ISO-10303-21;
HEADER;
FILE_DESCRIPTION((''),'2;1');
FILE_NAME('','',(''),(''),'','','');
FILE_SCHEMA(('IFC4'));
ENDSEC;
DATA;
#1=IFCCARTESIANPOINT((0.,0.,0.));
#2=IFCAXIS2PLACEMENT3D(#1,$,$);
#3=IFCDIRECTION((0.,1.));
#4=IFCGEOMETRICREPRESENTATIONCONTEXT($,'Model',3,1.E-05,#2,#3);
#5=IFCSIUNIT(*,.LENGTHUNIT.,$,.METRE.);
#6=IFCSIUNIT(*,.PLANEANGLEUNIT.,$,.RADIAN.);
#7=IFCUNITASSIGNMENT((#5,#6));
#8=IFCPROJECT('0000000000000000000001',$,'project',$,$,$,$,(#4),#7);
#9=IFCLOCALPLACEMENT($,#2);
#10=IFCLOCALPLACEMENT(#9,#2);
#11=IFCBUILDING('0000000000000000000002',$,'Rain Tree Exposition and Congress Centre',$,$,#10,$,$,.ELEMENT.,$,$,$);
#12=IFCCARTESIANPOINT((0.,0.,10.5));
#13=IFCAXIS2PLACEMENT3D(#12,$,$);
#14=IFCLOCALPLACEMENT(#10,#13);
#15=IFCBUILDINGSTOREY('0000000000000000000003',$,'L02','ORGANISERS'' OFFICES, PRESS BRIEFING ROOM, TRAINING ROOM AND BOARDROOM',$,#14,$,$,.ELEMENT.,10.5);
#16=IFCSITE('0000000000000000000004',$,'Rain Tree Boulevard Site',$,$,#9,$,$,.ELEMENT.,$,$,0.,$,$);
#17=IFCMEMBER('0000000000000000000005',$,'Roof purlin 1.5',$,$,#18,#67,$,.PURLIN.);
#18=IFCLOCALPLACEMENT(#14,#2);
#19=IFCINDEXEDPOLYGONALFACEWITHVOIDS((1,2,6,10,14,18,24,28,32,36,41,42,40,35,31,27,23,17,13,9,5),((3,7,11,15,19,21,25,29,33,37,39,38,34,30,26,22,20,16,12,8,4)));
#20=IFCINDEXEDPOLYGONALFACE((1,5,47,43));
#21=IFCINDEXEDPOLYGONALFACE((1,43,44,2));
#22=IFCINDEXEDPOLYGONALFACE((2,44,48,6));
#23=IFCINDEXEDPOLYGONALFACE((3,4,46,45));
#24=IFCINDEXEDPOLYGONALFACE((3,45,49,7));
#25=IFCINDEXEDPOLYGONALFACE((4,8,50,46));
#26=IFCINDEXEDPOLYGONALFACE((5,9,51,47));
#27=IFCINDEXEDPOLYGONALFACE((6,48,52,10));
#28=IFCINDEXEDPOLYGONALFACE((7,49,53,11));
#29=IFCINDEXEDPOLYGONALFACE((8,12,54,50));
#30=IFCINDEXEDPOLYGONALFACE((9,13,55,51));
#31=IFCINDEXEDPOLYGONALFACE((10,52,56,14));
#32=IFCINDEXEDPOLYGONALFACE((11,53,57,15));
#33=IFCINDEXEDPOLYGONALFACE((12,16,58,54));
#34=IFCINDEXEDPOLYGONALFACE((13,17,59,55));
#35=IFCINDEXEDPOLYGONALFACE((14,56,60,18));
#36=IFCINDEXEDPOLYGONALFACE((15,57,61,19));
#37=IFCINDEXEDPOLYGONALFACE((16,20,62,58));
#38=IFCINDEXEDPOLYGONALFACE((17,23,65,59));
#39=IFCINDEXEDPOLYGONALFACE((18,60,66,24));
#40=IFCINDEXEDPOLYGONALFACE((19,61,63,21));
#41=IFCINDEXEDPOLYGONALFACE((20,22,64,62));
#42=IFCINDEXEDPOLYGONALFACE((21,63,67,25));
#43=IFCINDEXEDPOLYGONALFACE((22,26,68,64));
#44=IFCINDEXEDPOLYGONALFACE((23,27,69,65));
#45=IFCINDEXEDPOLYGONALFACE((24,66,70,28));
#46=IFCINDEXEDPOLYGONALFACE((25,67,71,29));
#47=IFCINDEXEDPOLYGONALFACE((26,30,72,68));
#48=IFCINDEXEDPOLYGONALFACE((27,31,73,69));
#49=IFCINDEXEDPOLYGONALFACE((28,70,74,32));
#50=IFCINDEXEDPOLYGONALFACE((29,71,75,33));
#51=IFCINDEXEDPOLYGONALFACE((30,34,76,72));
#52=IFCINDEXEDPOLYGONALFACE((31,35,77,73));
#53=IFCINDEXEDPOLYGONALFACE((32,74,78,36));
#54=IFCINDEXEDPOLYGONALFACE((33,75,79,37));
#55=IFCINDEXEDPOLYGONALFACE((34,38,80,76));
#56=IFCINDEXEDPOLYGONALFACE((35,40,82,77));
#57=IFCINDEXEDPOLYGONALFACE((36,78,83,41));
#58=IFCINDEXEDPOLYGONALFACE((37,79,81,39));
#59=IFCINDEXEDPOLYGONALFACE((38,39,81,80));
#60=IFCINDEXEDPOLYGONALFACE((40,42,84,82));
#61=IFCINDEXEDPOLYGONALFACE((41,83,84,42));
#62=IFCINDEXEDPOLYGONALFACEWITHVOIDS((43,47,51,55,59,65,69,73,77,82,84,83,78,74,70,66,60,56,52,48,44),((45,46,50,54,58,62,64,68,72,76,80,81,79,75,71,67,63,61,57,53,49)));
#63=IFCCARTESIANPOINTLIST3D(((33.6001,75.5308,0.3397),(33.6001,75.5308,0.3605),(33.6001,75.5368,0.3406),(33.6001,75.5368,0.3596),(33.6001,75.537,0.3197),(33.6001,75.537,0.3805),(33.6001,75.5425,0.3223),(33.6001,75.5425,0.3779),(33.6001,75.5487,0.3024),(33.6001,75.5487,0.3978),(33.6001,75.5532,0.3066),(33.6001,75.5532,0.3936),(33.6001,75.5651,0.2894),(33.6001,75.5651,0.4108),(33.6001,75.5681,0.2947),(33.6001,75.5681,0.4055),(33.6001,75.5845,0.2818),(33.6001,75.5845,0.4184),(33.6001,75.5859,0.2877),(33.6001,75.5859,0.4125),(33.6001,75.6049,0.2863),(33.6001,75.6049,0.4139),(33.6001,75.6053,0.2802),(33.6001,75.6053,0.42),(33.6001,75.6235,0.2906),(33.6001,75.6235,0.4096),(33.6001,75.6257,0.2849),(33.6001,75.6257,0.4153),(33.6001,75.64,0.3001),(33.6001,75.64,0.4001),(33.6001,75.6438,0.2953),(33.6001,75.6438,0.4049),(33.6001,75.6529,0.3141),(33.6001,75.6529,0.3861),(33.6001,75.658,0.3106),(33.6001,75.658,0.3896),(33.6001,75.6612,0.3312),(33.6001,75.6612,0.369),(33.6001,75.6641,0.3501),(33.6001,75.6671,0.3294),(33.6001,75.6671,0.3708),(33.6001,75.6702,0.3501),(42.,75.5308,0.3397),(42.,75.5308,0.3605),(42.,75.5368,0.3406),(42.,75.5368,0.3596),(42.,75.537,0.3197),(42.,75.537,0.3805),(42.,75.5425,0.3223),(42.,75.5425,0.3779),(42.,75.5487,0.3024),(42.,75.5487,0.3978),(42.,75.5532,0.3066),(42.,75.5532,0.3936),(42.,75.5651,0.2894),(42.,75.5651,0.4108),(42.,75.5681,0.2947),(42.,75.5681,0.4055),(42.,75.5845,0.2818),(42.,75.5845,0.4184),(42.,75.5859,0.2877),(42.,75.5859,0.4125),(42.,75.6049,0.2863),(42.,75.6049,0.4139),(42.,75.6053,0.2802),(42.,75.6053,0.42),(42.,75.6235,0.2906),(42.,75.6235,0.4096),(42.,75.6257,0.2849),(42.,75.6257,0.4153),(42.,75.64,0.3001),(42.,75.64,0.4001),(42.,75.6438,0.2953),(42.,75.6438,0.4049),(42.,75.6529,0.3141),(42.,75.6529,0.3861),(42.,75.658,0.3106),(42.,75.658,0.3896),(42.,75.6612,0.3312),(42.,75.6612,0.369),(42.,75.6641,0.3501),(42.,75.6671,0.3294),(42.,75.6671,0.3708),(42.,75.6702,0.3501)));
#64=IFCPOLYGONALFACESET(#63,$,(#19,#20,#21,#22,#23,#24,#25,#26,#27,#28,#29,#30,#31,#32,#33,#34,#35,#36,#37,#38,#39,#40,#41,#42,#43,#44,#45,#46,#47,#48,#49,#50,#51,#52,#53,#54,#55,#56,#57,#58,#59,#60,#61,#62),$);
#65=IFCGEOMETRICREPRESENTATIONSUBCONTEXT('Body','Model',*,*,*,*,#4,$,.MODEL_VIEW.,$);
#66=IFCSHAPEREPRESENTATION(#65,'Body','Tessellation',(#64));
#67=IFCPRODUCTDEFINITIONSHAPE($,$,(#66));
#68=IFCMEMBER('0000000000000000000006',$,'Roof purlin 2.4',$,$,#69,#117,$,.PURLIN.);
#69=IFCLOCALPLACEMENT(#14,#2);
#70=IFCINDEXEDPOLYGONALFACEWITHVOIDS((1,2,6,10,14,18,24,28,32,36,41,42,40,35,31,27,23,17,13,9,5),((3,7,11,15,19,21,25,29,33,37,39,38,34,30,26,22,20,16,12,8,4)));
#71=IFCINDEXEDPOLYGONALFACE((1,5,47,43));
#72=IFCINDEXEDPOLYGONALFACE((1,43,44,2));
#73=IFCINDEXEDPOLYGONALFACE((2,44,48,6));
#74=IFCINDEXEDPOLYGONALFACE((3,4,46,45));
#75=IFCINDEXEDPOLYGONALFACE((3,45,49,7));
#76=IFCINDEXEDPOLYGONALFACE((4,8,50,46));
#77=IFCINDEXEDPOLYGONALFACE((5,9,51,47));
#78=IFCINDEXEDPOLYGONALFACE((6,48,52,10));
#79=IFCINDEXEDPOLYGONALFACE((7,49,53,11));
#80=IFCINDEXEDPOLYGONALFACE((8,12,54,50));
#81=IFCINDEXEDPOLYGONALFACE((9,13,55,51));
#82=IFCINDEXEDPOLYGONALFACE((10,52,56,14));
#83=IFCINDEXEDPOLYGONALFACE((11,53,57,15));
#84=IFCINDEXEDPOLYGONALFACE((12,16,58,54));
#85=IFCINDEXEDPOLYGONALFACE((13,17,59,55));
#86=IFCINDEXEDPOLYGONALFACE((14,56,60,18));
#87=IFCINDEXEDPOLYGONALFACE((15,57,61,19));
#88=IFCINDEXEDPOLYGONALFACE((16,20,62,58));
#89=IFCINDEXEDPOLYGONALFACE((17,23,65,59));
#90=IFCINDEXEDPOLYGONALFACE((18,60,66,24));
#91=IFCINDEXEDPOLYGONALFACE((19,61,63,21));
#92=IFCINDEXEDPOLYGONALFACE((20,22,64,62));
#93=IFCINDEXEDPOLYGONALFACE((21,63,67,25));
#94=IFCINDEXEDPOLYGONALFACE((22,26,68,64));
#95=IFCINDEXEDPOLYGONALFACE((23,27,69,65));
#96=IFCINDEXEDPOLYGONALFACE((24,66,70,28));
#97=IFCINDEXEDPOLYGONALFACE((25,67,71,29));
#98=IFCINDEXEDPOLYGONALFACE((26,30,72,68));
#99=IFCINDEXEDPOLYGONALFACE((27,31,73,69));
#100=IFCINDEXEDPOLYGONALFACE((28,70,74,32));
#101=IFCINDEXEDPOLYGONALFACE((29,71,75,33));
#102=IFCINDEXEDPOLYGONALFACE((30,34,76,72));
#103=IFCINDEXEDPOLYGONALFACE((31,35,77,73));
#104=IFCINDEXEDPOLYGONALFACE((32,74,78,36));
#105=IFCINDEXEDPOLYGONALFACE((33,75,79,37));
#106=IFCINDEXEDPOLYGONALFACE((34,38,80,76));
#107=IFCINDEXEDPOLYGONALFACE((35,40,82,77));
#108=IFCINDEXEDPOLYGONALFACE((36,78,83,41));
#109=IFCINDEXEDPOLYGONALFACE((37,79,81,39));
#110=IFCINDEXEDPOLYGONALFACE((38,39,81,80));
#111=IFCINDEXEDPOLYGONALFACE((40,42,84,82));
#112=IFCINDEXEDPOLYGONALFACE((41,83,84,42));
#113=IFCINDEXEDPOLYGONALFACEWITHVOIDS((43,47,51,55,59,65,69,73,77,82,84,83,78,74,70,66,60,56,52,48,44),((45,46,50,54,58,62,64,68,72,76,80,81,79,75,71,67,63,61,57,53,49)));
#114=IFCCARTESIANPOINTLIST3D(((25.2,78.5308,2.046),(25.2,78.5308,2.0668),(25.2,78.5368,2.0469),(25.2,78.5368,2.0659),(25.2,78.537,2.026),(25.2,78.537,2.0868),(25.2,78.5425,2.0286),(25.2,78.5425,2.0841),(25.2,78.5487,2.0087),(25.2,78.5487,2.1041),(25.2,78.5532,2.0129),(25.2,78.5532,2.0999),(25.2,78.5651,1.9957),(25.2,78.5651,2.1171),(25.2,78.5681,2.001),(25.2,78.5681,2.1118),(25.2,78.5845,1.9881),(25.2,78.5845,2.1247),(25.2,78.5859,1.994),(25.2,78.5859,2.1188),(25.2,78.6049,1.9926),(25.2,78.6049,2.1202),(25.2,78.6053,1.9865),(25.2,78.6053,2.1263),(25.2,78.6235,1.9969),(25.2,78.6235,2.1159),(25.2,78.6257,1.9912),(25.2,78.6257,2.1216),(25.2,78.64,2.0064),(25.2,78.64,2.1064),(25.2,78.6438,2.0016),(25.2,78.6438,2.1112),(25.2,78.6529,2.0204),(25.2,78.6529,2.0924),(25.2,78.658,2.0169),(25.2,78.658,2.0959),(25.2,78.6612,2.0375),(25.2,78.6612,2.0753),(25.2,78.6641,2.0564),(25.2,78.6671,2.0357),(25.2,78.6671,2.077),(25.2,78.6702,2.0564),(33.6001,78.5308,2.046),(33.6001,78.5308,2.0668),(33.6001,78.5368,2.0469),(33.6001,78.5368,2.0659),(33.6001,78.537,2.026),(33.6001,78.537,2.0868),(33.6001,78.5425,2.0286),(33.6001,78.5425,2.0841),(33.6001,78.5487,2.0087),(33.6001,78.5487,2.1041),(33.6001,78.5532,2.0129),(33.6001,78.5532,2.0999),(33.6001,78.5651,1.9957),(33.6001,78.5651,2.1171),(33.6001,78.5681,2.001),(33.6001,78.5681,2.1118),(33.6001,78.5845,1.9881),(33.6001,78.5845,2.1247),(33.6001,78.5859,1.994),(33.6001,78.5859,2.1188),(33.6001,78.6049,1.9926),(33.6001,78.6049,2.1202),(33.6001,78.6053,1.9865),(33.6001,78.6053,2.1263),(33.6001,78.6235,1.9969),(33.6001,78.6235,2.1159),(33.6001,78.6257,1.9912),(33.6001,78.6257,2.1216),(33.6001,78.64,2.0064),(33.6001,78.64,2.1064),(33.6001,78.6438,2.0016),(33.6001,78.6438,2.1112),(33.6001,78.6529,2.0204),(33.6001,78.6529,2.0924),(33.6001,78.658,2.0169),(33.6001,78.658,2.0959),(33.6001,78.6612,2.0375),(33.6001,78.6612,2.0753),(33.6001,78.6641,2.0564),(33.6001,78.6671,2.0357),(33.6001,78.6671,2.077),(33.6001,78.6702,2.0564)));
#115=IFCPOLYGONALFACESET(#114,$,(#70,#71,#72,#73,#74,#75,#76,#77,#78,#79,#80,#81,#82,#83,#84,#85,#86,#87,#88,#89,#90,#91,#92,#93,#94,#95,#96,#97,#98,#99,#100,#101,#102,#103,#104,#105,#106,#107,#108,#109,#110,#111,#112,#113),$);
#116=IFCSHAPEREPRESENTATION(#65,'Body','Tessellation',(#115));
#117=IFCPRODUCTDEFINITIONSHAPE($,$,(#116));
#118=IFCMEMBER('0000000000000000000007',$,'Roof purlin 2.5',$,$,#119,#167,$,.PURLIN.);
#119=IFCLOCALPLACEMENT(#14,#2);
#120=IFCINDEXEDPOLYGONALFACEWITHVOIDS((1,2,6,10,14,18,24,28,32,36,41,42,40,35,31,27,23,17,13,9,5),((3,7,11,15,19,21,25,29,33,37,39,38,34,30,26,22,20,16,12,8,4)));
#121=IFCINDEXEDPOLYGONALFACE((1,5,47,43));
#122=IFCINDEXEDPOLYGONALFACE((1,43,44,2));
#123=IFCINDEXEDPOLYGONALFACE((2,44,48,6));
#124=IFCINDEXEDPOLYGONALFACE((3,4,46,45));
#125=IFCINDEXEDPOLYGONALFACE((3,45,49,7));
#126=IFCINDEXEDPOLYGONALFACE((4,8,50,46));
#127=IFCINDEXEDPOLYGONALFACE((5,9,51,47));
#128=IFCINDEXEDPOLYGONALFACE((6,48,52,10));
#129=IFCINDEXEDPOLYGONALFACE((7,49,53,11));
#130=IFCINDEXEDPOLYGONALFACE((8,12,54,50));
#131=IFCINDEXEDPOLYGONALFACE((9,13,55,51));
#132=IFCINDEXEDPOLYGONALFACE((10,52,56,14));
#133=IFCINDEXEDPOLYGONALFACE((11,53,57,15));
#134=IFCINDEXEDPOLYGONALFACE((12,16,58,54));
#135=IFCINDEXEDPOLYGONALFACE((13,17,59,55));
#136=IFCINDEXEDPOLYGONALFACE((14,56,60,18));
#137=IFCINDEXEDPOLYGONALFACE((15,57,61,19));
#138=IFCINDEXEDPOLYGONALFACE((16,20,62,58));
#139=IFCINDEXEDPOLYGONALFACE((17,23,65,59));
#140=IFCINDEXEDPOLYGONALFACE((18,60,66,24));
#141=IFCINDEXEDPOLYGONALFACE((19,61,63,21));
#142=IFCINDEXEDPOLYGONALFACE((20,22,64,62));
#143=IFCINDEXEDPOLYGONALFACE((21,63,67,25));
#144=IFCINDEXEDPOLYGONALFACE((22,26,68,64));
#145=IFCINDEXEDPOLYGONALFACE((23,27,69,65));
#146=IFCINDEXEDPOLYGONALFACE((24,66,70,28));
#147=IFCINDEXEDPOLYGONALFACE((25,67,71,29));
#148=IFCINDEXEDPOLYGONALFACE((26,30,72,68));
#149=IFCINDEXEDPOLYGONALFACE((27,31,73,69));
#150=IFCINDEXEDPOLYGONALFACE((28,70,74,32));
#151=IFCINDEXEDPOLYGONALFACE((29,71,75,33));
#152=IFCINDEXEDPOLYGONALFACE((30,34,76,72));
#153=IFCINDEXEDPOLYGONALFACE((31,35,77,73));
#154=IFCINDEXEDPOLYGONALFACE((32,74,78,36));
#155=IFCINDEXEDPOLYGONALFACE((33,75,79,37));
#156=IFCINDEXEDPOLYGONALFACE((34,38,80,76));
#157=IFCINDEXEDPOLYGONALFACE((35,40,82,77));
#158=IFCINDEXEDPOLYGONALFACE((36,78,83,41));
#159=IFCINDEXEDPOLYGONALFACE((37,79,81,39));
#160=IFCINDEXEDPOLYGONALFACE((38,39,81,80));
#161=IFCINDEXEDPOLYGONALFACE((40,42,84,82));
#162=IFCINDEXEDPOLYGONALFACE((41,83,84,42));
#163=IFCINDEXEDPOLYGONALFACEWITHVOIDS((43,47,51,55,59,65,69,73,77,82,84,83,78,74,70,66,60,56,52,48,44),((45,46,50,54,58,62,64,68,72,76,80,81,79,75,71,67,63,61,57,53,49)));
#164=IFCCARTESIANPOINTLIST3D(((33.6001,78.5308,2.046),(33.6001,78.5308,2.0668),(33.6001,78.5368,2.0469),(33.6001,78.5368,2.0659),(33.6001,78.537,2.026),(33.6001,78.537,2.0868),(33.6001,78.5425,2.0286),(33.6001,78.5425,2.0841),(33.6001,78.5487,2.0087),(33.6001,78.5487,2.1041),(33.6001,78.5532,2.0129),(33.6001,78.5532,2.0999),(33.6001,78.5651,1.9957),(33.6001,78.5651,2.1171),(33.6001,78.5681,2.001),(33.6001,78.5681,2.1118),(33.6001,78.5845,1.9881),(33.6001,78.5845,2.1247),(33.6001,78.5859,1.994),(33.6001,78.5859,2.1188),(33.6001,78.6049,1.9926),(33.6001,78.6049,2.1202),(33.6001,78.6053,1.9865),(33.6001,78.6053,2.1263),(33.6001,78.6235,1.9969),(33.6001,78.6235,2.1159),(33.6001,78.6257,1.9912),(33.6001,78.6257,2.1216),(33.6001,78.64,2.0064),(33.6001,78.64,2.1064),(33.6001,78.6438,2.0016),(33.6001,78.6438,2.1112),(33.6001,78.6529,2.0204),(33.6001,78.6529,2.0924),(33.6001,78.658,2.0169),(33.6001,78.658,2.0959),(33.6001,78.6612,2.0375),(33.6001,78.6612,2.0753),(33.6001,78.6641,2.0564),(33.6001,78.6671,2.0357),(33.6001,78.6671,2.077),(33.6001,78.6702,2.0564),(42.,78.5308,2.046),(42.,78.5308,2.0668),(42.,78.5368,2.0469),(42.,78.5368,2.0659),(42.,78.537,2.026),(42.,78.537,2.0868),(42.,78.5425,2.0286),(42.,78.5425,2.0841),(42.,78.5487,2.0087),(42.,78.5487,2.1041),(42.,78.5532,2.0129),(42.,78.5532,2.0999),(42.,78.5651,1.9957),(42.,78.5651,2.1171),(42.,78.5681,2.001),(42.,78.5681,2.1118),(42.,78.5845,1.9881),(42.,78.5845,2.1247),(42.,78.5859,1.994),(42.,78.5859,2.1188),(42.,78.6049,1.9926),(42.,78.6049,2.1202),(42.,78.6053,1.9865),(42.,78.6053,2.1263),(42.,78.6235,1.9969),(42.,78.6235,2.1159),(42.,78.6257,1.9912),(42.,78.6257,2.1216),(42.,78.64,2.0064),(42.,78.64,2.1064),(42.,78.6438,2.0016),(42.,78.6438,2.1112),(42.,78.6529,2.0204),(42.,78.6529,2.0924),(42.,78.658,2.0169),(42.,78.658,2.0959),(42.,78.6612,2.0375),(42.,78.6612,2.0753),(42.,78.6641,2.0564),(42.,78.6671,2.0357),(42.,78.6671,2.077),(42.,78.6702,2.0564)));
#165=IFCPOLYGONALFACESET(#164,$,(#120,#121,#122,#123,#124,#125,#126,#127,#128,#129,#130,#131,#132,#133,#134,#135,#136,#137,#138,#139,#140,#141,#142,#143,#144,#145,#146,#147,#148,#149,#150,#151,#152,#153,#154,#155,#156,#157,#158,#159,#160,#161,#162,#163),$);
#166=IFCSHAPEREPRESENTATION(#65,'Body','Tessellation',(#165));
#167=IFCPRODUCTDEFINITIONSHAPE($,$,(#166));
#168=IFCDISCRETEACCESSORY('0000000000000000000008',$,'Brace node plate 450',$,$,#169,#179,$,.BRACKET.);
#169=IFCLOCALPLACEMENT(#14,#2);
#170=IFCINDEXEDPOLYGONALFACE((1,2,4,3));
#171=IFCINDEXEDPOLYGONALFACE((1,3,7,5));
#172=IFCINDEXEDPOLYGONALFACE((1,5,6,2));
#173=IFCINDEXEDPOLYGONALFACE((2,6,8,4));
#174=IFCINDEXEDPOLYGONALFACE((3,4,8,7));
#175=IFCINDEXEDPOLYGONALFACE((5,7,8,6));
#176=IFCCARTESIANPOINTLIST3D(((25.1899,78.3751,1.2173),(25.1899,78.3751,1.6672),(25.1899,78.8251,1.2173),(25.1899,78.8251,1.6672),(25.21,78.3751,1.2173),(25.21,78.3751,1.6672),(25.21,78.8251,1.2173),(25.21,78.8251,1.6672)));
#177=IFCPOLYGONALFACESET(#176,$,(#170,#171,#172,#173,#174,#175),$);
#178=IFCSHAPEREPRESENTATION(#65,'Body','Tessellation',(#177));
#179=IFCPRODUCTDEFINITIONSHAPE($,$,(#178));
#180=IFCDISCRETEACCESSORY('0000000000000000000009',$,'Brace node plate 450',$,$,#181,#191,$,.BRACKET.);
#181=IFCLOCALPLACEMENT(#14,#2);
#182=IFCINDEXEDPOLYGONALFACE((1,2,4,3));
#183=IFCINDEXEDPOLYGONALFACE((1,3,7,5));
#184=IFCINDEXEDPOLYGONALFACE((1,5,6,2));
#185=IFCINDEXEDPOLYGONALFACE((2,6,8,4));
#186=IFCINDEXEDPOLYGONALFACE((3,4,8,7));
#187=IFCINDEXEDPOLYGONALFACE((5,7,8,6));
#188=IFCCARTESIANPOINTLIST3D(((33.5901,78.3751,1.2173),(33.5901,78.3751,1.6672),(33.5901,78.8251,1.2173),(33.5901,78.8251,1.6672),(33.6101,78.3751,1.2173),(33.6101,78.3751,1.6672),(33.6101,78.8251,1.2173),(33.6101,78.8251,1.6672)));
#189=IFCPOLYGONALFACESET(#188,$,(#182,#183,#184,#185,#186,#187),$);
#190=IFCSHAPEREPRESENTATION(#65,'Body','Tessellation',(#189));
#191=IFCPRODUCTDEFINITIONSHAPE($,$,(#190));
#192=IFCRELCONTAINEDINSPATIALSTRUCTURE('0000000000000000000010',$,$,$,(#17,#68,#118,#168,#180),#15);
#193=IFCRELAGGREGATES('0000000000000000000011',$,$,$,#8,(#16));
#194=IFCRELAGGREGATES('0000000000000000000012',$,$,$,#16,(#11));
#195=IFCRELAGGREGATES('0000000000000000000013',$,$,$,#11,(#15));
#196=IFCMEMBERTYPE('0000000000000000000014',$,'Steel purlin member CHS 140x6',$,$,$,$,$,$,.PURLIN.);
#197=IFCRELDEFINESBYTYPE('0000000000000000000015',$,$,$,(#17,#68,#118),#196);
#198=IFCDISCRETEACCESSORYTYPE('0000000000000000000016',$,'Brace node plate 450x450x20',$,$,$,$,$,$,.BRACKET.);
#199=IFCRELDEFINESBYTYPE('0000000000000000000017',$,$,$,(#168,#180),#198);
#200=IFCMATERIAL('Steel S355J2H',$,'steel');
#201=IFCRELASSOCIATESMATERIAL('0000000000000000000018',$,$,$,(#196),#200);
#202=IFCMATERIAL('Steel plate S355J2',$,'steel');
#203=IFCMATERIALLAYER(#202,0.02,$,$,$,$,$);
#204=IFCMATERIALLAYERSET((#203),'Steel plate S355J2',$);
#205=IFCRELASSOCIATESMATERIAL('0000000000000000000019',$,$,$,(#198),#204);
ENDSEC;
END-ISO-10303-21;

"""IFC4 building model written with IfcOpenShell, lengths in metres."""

from ifc_helpers import new_model, si_unit, direction, frame, origin, origin_2d, place, context, subcontext, project, spatial, rectangle, hollow_circle, extrude, material, layer, layer_set, material_profile, profile_set, type_object, element, save


model = new_model("IFC4")

# Units and contexts
model_context = context("Model", 3, precision=1e-05, world=origin(), true_north=direction((0.0, 1.0)))
body_context = subcontext(model_context, "Body", "Model", "MODEL_VIEW")
ifc_project = project(units=[si_unit("LENGTHUNIT", "METRE"), si_unit("PLANEANGLEUNIT", "RADIAN")], contexts=[model_context])

# Site, building, storey
site_placement = place(None, origin())
site = spatial("IfcSite", under=ifc_project, at=site_placement, Name="Rain Tree Boulevard Site", CompositionType="ELEMENT", RefElevation=0.0)
building_placement = place(site_placement, origin())
building = spatial("IfcBuilding", under=site, at=building_placement, Name="Rain Tree Exposition and Congress Centre", CompositionType="ELEMENT")
storey_placement = place(building_placement, frame((0.0, 0.0, 10.5)))
storey = spatial("IfcBuildingStorey", under=building, at=storey_placement, Name="L02", Description="ORGANISERS' OFFICES, PRESS BRIEFING ROOM, TRAINING ROOM AND BOARDROOM", CompositionType="ELEMENT", Elevation=10.5)

# Members
ifc_material_1 = material(Name="Steel S355J2H", Category="steel")
ifc_material_profile_1 = material_profile(ifc_material_1, hollow_circle(Radius=0.0701, WallThickness=0.0061, at=origin_2d()), Name="CHS 140x6")
ifc_profile_set_1 = profile_set([ifc_material_profile_1], Name="Steel S355J2H")
member_type_1 = type_object("IfcMemberType", Name="Steel purlin member CHS 140x6", PredefinedType="PURLIN", material=ifc_profile_set_1)
member_1_placement = place(storey_placement, frame((33.6001, 75.6001, 0.3501), z_axis=(1.0, 0.0, 0.0), x_axis=(0.0, 1.0, 0.0)))
element("IfcMember", 1, at=member_1_placement, inside=storey, type_object=member_type_1, Name="Roof purlin 1.5", PredefinedType="PURLIN", context=body_context, shape_type="SweptSolid", body=[
    extrude(hollow_circle(Radius=0.0701, WallThickness=0.0061, at=origin_2d()), origin(), (0.0, 0.0, 1.0), 8.3999),
])
member_2_placement = place(storey_placement, frame((25.2, 78.6001, 2.0564), z_axis=(1.0, 0.0, 0.0), x_axis=(0.0, 1.0, 0.0)))
element("IfcMember", 2, at=member_2_placement, inside=storey, type_object=member_type_1, Name="Roof purlin 2.4", PredefinedType="PURLIN", context=body_context, shape_type="SweptSolid", body=[
    extrude(hollow_circle(Radius=0.0701, WallThickness=0.0061, at=origin_2d()), origin(), (0.0, 0.0, 1.0), 8.4001),
])
member_3_placement = place(storey_placement, frame((33.6001, 78.6001, 2.0564), z_axis=(1.0, 0.0, 0.0), x_axis=(0.0, 1.0, 0.0)))
element("IfcMember", 3, at=member_3_placement, inside=storey, type_object=member_type_1, Name="Roof purlin 2.5", PredefinedType="PURLIN", context=body_context, shape_type="SweptSolid", body=[
    extrude(hollow_circle(Radius=0.0701, WallThickness=0.0061, at=origin_2d()), origin(), (0.0, 0.0, 1.0), 8.3999),
])

# Discrete accessories
ifc_material_2 = material(Name="Steel plate S355J2", Category="steel")
ifc_layer_1 = layer(ifc_material_2, 0.02)
ifc_layer_set_1 = layer_set([ifc_layer_1], Name="Steel plate S355J2")
discrete_accessory_type_1 = type_object("IfcDiscreteAccessoryType", Name="Brace node plate 450x450x20", PredefinedType="BRACKET", material=ifc_layer_set_1)
for number, where, z_axis, x_axis, name in (
    (4, (25.2, 78.6001, 1.2173), (0.0, 0.0, 1.0), (0.0, 1.0, 0.0), "Brace node plate 450"),
    (5, (33.6001, 78.6001, 1.2173), (0.0, 0.0, 1.0), (0.0, 1.0, 0.0), "Brace node plate 450"),
):
    element("IfcDiscreteAccessory", number, at=place(storey_placement, frame(where, z_axis=z_axis, x_axis=x_axis)), inside=storey, type_object=discrete_accessory_type_1, Name=name, PredefinedType="BRACKET", context=body_context, shape_type="SweptSolid", body=[
        extrude(rectangle(XDim=0.45, YDim=0.02, at=origin_2d()), origin(), (0.0, 0.0, 1.0), 0.45),
    ])

save(model, "model.ifc")
